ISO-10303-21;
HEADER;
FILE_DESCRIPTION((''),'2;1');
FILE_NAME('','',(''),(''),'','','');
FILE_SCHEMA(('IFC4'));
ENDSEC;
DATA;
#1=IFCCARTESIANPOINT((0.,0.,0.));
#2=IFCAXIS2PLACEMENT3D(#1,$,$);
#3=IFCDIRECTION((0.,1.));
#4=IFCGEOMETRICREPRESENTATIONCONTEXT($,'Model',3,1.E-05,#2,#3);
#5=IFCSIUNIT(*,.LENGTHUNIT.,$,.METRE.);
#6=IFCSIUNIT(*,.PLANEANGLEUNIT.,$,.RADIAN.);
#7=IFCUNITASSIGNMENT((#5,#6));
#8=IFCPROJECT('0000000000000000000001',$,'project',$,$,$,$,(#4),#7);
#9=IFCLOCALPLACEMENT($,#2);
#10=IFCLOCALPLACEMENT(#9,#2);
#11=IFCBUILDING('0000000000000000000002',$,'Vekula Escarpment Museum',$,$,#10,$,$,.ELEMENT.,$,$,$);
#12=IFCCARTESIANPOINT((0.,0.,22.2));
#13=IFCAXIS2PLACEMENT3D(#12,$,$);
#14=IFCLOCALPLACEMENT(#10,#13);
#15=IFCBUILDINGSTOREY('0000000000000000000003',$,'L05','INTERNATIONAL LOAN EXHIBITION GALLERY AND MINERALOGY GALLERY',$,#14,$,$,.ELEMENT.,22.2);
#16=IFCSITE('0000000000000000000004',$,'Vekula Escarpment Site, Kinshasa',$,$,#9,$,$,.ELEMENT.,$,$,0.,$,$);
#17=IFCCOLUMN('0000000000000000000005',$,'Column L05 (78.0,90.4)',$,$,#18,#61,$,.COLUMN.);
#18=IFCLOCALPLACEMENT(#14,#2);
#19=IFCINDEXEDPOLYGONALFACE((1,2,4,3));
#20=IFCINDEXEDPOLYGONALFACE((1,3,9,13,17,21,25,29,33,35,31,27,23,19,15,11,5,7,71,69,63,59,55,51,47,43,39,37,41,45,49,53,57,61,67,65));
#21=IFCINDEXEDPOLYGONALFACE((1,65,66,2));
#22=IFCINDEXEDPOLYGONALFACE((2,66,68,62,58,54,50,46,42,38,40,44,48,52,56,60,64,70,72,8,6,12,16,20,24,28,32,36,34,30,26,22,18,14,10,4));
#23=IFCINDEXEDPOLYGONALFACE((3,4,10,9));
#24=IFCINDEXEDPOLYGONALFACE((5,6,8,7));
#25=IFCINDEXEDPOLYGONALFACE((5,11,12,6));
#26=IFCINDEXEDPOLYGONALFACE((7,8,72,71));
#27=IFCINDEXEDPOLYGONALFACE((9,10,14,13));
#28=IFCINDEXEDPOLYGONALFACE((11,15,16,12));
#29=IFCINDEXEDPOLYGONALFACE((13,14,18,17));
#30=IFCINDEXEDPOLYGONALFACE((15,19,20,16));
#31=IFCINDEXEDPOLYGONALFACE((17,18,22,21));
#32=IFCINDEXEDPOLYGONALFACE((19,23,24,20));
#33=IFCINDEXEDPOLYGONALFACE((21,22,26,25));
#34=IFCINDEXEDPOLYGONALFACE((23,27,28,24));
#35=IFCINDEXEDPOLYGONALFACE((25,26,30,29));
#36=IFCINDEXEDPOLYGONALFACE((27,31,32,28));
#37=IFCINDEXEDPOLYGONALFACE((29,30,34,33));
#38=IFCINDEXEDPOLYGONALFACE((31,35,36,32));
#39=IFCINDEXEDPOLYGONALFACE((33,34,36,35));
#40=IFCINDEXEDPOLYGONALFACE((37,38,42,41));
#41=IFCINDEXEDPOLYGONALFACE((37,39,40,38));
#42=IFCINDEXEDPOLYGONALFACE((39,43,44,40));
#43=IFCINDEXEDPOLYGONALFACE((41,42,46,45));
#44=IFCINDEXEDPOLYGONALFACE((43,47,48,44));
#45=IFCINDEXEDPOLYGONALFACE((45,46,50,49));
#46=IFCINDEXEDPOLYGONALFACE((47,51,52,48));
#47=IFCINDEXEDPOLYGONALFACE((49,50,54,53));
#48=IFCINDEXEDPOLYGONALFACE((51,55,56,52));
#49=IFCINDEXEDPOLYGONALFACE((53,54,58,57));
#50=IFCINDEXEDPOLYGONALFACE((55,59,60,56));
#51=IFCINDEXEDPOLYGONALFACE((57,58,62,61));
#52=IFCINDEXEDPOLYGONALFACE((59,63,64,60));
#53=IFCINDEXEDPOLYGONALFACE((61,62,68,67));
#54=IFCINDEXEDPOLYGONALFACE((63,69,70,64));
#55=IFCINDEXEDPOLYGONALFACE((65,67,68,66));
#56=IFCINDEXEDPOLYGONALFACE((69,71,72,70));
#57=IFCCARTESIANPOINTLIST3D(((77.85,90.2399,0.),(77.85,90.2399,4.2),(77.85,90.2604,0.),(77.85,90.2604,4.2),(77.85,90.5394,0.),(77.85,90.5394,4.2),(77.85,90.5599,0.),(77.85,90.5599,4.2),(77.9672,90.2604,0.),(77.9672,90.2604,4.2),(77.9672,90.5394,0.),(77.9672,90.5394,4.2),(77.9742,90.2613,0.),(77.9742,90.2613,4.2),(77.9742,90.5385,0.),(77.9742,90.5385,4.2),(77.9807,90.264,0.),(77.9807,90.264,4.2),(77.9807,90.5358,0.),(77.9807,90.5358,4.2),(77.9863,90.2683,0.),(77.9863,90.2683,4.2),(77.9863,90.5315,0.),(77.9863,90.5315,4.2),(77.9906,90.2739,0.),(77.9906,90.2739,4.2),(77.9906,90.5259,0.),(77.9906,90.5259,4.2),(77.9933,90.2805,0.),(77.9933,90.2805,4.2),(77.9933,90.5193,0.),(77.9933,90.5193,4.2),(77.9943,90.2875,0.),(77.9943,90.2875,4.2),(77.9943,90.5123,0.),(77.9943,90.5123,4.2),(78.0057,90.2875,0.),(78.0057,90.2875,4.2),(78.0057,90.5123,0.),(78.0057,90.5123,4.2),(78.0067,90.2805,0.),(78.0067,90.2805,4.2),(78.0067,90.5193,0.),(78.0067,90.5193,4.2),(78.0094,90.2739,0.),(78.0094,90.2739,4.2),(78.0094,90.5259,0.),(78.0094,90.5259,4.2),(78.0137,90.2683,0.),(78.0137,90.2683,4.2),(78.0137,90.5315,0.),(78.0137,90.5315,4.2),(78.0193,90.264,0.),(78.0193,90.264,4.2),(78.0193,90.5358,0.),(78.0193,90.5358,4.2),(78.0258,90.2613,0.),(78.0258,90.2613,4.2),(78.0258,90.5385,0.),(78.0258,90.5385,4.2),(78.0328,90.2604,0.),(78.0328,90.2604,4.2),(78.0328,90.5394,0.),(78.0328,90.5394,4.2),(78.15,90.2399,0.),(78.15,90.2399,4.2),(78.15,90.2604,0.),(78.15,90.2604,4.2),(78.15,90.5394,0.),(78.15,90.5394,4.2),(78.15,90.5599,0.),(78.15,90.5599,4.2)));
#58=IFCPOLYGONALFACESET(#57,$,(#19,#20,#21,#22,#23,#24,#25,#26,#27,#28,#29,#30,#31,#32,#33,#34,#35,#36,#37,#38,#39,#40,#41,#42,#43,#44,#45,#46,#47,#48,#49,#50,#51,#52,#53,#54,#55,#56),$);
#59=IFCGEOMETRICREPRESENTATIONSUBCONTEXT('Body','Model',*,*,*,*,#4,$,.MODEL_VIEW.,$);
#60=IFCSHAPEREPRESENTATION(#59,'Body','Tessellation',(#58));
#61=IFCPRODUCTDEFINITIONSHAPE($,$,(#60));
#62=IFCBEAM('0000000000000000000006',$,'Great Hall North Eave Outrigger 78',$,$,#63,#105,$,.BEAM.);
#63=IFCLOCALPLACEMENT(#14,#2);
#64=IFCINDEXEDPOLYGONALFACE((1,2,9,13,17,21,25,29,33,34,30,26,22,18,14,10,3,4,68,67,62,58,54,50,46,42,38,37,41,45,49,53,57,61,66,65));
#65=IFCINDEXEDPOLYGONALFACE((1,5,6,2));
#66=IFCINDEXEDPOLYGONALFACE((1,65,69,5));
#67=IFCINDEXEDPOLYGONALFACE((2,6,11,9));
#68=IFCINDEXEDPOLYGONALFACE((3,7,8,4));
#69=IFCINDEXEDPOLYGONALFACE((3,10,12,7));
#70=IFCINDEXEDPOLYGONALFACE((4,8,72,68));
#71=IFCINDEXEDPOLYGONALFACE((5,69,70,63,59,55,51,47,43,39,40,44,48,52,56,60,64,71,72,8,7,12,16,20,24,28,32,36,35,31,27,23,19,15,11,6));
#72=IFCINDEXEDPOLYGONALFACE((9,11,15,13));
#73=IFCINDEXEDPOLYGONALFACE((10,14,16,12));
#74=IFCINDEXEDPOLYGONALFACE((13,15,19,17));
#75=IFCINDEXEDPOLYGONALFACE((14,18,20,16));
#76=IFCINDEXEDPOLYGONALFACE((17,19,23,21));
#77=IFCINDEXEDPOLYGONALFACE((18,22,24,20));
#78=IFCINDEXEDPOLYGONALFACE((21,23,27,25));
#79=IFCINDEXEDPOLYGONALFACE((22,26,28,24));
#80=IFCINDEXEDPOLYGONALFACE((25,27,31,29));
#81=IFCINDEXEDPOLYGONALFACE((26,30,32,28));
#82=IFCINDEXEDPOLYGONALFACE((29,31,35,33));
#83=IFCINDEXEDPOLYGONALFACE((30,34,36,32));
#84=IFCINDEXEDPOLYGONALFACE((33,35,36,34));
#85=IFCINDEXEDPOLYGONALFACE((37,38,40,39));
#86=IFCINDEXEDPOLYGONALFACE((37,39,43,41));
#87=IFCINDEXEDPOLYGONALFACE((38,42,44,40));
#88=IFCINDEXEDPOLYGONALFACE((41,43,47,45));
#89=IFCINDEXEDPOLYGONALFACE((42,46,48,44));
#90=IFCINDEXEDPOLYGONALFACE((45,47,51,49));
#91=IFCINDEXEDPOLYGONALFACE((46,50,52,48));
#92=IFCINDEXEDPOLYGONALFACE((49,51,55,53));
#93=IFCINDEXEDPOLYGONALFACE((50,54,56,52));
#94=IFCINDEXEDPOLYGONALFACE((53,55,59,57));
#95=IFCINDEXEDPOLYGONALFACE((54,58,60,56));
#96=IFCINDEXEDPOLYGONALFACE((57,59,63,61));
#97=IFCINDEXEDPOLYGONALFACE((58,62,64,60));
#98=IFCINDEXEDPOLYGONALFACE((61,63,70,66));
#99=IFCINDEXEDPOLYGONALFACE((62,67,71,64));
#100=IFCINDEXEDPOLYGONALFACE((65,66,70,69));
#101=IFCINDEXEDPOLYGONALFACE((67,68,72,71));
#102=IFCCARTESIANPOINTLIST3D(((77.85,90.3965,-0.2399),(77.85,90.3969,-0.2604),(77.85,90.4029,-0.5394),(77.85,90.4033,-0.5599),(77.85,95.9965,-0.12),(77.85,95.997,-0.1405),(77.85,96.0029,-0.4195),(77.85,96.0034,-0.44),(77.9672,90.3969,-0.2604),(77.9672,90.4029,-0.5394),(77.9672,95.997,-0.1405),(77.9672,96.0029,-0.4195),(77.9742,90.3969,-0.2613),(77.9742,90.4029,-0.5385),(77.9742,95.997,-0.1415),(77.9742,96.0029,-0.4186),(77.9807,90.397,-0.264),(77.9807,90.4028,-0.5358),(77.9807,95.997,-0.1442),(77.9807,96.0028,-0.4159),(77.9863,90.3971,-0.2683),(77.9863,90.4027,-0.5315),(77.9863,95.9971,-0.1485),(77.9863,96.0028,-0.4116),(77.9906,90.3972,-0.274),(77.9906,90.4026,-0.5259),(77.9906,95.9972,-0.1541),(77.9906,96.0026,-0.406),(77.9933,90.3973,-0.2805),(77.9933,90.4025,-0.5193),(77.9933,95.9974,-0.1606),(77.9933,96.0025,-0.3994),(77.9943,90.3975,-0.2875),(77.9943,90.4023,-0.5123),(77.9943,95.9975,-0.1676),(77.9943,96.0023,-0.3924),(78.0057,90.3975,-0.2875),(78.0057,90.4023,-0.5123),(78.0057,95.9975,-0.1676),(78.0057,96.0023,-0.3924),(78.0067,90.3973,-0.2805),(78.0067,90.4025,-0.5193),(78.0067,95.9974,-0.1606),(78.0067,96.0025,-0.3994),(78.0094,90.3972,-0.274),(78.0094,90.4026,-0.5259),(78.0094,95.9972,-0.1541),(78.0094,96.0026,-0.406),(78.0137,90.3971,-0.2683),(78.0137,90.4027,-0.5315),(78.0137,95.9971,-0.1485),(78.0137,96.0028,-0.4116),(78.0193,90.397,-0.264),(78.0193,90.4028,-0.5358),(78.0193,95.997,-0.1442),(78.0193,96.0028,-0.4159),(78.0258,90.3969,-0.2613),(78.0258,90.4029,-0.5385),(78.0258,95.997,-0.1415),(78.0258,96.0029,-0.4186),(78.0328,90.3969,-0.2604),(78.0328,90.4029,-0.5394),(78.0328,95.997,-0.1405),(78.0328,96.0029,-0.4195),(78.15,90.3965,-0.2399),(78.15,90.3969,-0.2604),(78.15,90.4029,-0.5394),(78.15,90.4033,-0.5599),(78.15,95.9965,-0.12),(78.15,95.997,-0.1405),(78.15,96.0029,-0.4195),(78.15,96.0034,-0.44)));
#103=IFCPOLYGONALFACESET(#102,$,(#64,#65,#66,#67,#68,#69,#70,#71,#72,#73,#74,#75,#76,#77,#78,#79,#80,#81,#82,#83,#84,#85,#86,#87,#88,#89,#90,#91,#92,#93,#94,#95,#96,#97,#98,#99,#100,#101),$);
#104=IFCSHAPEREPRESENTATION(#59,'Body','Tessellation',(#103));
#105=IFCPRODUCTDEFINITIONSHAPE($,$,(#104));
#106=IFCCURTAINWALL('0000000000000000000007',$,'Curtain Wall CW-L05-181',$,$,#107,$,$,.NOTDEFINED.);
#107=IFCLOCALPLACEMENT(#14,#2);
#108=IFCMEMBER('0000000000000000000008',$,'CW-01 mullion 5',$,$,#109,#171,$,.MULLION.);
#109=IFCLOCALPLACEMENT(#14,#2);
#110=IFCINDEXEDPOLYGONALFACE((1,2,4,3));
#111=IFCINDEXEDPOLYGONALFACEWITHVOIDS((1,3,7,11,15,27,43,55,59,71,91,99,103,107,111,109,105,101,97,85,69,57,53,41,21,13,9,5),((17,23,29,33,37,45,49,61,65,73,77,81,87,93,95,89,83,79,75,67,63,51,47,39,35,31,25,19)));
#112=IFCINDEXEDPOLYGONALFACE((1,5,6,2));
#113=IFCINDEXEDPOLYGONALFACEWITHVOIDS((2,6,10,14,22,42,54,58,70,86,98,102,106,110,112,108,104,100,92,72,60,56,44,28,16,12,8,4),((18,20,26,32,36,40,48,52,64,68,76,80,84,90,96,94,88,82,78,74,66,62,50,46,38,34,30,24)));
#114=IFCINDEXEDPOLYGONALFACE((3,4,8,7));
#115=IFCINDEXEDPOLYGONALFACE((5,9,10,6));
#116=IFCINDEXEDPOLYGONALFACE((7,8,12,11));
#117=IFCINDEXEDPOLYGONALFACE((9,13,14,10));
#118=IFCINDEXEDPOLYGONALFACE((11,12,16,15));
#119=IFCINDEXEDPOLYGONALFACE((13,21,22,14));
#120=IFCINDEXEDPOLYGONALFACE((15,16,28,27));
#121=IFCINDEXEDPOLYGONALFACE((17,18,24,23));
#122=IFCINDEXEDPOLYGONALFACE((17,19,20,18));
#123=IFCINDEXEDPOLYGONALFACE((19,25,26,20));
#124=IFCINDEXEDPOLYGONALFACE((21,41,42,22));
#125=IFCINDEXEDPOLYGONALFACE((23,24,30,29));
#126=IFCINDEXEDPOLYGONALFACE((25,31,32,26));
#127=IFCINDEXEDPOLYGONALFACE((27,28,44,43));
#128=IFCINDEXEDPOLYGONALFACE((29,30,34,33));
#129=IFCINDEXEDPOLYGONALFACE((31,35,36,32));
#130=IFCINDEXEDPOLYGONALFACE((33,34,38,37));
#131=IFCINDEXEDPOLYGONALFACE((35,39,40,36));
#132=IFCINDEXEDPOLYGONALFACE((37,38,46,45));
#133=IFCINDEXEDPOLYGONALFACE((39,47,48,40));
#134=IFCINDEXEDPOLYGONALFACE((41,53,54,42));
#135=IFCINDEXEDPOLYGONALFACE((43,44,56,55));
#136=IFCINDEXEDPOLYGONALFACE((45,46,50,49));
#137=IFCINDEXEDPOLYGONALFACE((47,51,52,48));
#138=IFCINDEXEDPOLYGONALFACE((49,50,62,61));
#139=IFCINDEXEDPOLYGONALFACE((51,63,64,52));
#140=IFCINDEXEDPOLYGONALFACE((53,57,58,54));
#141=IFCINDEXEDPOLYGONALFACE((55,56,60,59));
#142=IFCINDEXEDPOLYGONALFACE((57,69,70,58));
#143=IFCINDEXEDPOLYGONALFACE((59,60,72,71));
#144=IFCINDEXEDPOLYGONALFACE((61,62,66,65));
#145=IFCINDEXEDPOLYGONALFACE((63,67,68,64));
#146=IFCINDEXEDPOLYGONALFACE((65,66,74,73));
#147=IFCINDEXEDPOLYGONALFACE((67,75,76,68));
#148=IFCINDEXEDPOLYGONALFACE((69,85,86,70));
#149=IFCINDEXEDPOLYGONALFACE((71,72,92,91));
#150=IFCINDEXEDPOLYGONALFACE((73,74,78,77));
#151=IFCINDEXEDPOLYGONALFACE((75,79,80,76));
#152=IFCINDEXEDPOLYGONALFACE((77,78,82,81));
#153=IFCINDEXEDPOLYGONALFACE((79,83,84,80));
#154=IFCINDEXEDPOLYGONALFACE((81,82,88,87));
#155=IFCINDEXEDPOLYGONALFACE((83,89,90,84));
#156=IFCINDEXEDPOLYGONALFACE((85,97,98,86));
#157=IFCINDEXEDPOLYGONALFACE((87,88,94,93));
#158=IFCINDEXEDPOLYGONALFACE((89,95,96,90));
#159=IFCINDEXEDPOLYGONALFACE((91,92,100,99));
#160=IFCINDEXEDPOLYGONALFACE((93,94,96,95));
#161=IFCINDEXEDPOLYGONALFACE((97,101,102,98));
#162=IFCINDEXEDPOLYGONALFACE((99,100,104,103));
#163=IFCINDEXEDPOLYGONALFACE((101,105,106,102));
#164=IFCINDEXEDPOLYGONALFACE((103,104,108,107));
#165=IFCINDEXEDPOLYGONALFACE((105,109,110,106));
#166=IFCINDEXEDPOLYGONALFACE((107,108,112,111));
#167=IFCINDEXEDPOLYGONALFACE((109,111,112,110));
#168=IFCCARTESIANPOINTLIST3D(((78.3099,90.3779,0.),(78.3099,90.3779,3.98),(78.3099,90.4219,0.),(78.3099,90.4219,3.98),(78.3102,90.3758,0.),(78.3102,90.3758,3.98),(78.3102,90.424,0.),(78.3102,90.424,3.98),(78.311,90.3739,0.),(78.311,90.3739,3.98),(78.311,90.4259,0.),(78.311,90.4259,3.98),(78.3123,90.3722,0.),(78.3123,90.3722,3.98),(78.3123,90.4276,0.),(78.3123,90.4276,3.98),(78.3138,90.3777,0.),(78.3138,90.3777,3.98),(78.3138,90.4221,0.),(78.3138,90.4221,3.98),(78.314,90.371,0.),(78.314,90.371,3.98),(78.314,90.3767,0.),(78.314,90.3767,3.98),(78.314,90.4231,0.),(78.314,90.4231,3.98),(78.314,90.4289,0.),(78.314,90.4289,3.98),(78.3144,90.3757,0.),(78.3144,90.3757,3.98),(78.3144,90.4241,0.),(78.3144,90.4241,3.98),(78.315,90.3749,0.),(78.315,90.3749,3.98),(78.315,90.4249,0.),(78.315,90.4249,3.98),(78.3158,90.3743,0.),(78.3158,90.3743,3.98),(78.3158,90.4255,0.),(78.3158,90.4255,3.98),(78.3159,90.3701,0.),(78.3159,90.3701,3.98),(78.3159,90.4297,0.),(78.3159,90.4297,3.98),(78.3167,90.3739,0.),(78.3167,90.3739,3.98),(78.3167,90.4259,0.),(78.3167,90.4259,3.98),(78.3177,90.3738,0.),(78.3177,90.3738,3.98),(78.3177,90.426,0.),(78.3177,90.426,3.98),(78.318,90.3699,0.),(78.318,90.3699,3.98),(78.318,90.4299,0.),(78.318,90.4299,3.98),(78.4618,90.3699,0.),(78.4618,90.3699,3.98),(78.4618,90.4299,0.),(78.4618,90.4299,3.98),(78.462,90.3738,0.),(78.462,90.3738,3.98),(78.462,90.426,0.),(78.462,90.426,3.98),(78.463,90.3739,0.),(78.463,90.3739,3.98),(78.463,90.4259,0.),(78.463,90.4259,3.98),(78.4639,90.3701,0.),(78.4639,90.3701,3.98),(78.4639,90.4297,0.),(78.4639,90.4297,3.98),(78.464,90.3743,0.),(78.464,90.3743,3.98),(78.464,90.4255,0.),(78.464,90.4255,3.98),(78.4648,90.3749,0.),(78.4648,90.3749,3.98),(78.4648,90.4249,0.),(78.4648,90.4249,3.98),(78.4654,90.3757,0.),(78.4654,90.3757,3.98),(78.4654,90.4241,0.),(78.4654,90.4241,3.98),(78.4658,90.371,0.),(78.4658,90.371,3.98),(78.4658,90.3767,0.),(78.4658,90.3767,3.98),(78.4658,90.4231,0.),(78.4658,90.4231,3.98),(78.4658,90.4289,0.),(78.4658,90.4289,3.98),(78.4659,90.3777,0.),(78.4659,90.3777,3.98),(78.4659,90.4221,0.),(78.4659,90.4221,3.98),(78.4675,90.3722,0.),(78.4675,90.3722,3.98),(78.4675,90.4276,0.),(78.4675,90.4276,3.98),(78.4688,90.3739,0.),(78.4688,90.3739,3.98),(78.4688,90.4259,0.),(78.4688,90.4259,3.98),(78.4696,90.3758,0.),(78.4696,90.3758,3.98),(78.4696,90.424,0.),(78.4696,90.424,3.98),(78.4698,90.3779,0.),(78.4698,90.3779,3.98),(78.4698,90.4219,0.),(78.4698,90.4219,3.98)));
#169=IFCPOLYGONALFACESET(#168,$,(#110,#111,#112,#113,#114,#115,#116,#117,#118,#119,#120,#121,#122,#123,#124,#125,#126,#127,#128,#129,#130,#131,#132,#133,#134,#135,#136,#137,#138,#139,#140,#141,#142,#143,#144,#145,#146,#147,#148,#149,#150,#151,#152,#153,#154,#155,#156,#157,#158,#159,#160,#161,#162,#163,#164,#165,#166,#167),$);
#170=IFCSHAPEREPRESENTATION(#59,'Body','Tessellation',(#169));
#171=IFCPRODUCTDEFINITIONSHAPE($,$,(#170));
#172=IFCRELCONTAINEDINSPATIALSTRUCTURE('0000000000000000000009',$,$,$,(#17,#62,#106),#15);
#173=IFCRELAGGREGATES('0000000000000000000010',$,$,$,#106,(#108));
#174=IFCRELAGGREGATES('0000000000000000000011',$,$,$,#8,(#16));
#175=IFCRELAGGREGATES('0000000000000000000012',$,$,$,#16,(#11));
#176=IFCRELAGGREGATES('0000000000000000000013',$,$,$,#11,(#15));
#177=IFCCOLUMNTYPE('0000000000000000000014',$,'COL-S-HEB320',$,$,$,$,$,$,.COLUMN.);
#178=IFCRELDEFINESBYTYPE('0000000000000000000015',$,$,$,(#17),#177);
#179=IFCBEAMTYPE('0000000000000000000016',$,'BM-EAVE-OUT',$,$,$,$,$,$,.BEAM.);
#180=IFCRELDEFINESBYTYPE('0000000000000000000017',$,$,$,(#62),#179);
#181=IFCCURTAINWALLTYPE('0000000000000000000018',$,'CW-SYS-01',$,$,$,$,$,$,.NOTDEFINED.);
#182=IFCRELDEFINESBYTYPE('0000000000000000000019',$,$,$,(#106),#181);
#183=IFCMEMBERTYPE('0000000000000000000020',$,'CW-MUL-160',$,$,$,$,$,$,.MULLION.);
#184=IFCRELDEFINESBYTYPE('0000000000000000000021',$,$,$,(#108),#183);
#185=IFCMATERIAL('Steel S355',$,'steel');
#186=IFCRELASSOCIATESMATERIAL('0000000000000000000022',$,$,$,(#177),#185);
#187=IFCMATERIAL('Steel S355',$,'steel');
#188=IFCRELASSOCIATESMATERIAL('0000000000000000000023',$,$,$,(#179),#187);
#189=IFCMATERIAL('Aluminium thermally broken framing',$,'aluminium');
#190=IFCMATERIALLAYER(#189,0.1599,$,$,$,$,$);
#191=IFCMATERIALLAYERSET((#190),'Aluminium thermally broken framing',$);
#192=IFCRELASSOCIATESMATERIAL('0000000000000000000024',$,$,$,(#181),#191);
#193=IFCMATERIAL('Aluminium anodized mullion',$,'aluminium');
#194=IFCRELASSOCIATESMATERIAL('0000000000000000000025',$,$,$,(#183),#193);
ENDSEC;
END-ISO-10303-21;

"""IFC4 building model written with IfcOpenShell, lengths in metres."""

from ifc_helpers import new_model, si_unit, direction, frame, origin, origin_2d, place, context, subcontext, project, spatial, hollow_rectangle, i_section, extrude, material, layer, layer_set, material_profile, profile_set, type_object, element, aggregate, save


model = new_model("IFC4")

# Units and contexts
model_context = context("Model", 3, precision=1e-05, world=origin(), true_north=direction((0.0, 1.0)))
body_context = subcontext(model_context, "Body", "Model", "MODEL_VIEW")
ifc_project = project(units=[si_unit("LENGTHUNIT", "METRE"), si_unit("PLANEANGLEUNIT", "RADIAN")], contexts=[model_context])

# Site, building, storey
site_placement = place(None, origin())
site = spatial("IfcSite", under=ifc_project, at=site_placement, Name="Vekula Escarpment Site, Kinshasa", CompositionType="ELEMENT", RefElevation=0.0)
building_placement = place(site_placement, origin())
building = spatial("IfcBuilding", under=site, at=building_placement, Name="Vekula Escarpment Museum", CompositionType="ELEMENT")
storey_placement = place(building_placement, frame((0.0, 0.0, 22.2)))
storey = spatial("IfcBuildingStorey", under=building, at=storey_placement, Name="L05", Description="INTERNATIONAL LOAN EXHIBITION GALLERY AND MINERALOGY GALLERY", CompositionType="ELEMENT", Elevation=22.2)

# Column
ifc_material_1 = material(Name="Steel S355", Category="steel")
ifc_material_profile_1 = material_profile(ifc_material_1, i_section(OverallWidth=0.3, OverallDepth=0.3201, WebThickness=0.0115, FlangeThickness=0.0205, FilletRadius=0.0271, at=origin_2d()), Name="HEB 320")
ifc_profile_set_1 = profile_set([ifc_material_profile_1], Name="Steel S355")
column_type = type_object("IfcColumnType", Name="COL-S-HEB320", PredefinedType="COLUMN", material=ifc_profile_set_1)
column_placement = place(storey_placement, frame((78.0, 90.3999, 0.0), z_axis=(0.0, 0.0, 1.0), x_axis=(1.0, 0.0, 0.0)))
element("IfcColumn", 1, at=column_placement, inside=storey, type_object=column_type, Name="Column L05 (78.0,90.4)", PredefinedType="COLUMN", context=body_context, shape_type="SweptSolid", body=[
    extrude(i_section(OverallWidth=0.3, OverallDepth=0.3201, WebThickness=0.0115, FlangeThickness=0.0205, FilletRadius=0.0271, at=origin_2d()), origin(), (0.0, 0.0, 1.0), 4.2),
])

# Beam
ifc_material_2 = material(Name="Steel S355", Category="steel")
ifc_material_profile_2 = material_profile(ifc_material_2, i_section(OverallWidth=0.3, OverallDepth=0.3201, WebThickness=0.0115, FlangeThickness=0.0205, FilletRadius=0.0271, at=origin_2d()), Name="HEB 320")
ifc_profile_set_2 = profile_set([ifc_material_profile_2], Name="Steel S355")
beam_type = type_object("IfcBeamType", Name="BM-EAVE-OUT", PredefinedType="BEAM", material=ifc_profile_set_2)
beam_placement = place(storey_placement, frame((78.0, 90.3999, -0.3999), z_axis=(0.0, 0.999771, 0.021401), x_axis=(-1.0, 0.0, 0.0)))
element("IfcBeam", 2, at=beam_placement, inside=storey, type_object=beam_type, Name="Great Hall North Eave Outrigger 78", PredefinedType="BEAM", context=body_context, shape_type="SweptSolid", body=[
    extrude(i_section(OverallWidth=0.3, OverallDepth=0.3201, WebThickness=0.0115, FlangeThickness=0.0205, FilletRadius=0.0271, at=origin_2d()), origin(), (0.0, 0.0, 1.0), 5.6013),
])

# Curtain wall, member
ifc_material_3 = material(Name="Aluminium thermally broken framing", Category="aluminium")
ifc_layer_1 = layer(ifc_material_3, 0.1599)
ifc_layer_set_1 = layer_set([ifc_layer_1], Name="Aluminium thermally broken framing")
curtain_wall_type_1 = type_object("IfcCurtainWallType", Name="CW-SYS-01", PredefinedType="NOTDEFINED", material=ifc_layer_set_1)
curtain_wall_1_placement = place(storey_placement, origin())
curtain_wall_1 = element("IfcCurtainWall", 3, at=curtain_wall_1_placement, inside=storey, type_object=curtain_wall_type_1, Name="Curtain Wall CW-L05-181", PredefinedType="NOTDEFINED")
ifc_material_4 = material(Name="Aluminium anodized mullion", Category="aluminium")
ifc_material_profile_3 = material_profile(ifc_material_4, hollow_rectangle(XDim=0.0601, YDim=0.1599, WallThickness=0.0039, InnerFilletRadius=0.0039, OuterFilletRadius=0.0081, at=origin_2d()), Name="ALU 160x60x4")
ifc_profile_set_3 = profile_set([ifc_material_profile_3], Name="Aluminium anodized mullion")
member_type_1 = type_object("IfcMemberType", Name="CW-MUL-160", PredefinedType="MULLION", material=ifc_profile_set_3)
member_1_placement = place(storey_placement, frame((78.3899, 90.3999, 0.0), z_axis=(0.0, 0.0, 1.0), x_axis=(0.0, -1.0, 0.0)))
member_1 = element("IfcMember", 4, at=member_1_placement, type_object=member_type_1, Name="CW-01 mullion 5", PredefinedType="MULLION", context=body_context, shape_type="SweptSolid", body=[
    extrude(hollow_rectangle(XDim=0.0601, YDim=0.1599, WallThickness=0.0039, InnerFilletRadius=0.0039, OuterFilletRadius=0.0081, at=origin_2d()), origin(), (0.0, 0.0, 1.0), 3.98),
])

aggregate(curtain_wall_1, [member_1])

save(model, "model.ifc")
